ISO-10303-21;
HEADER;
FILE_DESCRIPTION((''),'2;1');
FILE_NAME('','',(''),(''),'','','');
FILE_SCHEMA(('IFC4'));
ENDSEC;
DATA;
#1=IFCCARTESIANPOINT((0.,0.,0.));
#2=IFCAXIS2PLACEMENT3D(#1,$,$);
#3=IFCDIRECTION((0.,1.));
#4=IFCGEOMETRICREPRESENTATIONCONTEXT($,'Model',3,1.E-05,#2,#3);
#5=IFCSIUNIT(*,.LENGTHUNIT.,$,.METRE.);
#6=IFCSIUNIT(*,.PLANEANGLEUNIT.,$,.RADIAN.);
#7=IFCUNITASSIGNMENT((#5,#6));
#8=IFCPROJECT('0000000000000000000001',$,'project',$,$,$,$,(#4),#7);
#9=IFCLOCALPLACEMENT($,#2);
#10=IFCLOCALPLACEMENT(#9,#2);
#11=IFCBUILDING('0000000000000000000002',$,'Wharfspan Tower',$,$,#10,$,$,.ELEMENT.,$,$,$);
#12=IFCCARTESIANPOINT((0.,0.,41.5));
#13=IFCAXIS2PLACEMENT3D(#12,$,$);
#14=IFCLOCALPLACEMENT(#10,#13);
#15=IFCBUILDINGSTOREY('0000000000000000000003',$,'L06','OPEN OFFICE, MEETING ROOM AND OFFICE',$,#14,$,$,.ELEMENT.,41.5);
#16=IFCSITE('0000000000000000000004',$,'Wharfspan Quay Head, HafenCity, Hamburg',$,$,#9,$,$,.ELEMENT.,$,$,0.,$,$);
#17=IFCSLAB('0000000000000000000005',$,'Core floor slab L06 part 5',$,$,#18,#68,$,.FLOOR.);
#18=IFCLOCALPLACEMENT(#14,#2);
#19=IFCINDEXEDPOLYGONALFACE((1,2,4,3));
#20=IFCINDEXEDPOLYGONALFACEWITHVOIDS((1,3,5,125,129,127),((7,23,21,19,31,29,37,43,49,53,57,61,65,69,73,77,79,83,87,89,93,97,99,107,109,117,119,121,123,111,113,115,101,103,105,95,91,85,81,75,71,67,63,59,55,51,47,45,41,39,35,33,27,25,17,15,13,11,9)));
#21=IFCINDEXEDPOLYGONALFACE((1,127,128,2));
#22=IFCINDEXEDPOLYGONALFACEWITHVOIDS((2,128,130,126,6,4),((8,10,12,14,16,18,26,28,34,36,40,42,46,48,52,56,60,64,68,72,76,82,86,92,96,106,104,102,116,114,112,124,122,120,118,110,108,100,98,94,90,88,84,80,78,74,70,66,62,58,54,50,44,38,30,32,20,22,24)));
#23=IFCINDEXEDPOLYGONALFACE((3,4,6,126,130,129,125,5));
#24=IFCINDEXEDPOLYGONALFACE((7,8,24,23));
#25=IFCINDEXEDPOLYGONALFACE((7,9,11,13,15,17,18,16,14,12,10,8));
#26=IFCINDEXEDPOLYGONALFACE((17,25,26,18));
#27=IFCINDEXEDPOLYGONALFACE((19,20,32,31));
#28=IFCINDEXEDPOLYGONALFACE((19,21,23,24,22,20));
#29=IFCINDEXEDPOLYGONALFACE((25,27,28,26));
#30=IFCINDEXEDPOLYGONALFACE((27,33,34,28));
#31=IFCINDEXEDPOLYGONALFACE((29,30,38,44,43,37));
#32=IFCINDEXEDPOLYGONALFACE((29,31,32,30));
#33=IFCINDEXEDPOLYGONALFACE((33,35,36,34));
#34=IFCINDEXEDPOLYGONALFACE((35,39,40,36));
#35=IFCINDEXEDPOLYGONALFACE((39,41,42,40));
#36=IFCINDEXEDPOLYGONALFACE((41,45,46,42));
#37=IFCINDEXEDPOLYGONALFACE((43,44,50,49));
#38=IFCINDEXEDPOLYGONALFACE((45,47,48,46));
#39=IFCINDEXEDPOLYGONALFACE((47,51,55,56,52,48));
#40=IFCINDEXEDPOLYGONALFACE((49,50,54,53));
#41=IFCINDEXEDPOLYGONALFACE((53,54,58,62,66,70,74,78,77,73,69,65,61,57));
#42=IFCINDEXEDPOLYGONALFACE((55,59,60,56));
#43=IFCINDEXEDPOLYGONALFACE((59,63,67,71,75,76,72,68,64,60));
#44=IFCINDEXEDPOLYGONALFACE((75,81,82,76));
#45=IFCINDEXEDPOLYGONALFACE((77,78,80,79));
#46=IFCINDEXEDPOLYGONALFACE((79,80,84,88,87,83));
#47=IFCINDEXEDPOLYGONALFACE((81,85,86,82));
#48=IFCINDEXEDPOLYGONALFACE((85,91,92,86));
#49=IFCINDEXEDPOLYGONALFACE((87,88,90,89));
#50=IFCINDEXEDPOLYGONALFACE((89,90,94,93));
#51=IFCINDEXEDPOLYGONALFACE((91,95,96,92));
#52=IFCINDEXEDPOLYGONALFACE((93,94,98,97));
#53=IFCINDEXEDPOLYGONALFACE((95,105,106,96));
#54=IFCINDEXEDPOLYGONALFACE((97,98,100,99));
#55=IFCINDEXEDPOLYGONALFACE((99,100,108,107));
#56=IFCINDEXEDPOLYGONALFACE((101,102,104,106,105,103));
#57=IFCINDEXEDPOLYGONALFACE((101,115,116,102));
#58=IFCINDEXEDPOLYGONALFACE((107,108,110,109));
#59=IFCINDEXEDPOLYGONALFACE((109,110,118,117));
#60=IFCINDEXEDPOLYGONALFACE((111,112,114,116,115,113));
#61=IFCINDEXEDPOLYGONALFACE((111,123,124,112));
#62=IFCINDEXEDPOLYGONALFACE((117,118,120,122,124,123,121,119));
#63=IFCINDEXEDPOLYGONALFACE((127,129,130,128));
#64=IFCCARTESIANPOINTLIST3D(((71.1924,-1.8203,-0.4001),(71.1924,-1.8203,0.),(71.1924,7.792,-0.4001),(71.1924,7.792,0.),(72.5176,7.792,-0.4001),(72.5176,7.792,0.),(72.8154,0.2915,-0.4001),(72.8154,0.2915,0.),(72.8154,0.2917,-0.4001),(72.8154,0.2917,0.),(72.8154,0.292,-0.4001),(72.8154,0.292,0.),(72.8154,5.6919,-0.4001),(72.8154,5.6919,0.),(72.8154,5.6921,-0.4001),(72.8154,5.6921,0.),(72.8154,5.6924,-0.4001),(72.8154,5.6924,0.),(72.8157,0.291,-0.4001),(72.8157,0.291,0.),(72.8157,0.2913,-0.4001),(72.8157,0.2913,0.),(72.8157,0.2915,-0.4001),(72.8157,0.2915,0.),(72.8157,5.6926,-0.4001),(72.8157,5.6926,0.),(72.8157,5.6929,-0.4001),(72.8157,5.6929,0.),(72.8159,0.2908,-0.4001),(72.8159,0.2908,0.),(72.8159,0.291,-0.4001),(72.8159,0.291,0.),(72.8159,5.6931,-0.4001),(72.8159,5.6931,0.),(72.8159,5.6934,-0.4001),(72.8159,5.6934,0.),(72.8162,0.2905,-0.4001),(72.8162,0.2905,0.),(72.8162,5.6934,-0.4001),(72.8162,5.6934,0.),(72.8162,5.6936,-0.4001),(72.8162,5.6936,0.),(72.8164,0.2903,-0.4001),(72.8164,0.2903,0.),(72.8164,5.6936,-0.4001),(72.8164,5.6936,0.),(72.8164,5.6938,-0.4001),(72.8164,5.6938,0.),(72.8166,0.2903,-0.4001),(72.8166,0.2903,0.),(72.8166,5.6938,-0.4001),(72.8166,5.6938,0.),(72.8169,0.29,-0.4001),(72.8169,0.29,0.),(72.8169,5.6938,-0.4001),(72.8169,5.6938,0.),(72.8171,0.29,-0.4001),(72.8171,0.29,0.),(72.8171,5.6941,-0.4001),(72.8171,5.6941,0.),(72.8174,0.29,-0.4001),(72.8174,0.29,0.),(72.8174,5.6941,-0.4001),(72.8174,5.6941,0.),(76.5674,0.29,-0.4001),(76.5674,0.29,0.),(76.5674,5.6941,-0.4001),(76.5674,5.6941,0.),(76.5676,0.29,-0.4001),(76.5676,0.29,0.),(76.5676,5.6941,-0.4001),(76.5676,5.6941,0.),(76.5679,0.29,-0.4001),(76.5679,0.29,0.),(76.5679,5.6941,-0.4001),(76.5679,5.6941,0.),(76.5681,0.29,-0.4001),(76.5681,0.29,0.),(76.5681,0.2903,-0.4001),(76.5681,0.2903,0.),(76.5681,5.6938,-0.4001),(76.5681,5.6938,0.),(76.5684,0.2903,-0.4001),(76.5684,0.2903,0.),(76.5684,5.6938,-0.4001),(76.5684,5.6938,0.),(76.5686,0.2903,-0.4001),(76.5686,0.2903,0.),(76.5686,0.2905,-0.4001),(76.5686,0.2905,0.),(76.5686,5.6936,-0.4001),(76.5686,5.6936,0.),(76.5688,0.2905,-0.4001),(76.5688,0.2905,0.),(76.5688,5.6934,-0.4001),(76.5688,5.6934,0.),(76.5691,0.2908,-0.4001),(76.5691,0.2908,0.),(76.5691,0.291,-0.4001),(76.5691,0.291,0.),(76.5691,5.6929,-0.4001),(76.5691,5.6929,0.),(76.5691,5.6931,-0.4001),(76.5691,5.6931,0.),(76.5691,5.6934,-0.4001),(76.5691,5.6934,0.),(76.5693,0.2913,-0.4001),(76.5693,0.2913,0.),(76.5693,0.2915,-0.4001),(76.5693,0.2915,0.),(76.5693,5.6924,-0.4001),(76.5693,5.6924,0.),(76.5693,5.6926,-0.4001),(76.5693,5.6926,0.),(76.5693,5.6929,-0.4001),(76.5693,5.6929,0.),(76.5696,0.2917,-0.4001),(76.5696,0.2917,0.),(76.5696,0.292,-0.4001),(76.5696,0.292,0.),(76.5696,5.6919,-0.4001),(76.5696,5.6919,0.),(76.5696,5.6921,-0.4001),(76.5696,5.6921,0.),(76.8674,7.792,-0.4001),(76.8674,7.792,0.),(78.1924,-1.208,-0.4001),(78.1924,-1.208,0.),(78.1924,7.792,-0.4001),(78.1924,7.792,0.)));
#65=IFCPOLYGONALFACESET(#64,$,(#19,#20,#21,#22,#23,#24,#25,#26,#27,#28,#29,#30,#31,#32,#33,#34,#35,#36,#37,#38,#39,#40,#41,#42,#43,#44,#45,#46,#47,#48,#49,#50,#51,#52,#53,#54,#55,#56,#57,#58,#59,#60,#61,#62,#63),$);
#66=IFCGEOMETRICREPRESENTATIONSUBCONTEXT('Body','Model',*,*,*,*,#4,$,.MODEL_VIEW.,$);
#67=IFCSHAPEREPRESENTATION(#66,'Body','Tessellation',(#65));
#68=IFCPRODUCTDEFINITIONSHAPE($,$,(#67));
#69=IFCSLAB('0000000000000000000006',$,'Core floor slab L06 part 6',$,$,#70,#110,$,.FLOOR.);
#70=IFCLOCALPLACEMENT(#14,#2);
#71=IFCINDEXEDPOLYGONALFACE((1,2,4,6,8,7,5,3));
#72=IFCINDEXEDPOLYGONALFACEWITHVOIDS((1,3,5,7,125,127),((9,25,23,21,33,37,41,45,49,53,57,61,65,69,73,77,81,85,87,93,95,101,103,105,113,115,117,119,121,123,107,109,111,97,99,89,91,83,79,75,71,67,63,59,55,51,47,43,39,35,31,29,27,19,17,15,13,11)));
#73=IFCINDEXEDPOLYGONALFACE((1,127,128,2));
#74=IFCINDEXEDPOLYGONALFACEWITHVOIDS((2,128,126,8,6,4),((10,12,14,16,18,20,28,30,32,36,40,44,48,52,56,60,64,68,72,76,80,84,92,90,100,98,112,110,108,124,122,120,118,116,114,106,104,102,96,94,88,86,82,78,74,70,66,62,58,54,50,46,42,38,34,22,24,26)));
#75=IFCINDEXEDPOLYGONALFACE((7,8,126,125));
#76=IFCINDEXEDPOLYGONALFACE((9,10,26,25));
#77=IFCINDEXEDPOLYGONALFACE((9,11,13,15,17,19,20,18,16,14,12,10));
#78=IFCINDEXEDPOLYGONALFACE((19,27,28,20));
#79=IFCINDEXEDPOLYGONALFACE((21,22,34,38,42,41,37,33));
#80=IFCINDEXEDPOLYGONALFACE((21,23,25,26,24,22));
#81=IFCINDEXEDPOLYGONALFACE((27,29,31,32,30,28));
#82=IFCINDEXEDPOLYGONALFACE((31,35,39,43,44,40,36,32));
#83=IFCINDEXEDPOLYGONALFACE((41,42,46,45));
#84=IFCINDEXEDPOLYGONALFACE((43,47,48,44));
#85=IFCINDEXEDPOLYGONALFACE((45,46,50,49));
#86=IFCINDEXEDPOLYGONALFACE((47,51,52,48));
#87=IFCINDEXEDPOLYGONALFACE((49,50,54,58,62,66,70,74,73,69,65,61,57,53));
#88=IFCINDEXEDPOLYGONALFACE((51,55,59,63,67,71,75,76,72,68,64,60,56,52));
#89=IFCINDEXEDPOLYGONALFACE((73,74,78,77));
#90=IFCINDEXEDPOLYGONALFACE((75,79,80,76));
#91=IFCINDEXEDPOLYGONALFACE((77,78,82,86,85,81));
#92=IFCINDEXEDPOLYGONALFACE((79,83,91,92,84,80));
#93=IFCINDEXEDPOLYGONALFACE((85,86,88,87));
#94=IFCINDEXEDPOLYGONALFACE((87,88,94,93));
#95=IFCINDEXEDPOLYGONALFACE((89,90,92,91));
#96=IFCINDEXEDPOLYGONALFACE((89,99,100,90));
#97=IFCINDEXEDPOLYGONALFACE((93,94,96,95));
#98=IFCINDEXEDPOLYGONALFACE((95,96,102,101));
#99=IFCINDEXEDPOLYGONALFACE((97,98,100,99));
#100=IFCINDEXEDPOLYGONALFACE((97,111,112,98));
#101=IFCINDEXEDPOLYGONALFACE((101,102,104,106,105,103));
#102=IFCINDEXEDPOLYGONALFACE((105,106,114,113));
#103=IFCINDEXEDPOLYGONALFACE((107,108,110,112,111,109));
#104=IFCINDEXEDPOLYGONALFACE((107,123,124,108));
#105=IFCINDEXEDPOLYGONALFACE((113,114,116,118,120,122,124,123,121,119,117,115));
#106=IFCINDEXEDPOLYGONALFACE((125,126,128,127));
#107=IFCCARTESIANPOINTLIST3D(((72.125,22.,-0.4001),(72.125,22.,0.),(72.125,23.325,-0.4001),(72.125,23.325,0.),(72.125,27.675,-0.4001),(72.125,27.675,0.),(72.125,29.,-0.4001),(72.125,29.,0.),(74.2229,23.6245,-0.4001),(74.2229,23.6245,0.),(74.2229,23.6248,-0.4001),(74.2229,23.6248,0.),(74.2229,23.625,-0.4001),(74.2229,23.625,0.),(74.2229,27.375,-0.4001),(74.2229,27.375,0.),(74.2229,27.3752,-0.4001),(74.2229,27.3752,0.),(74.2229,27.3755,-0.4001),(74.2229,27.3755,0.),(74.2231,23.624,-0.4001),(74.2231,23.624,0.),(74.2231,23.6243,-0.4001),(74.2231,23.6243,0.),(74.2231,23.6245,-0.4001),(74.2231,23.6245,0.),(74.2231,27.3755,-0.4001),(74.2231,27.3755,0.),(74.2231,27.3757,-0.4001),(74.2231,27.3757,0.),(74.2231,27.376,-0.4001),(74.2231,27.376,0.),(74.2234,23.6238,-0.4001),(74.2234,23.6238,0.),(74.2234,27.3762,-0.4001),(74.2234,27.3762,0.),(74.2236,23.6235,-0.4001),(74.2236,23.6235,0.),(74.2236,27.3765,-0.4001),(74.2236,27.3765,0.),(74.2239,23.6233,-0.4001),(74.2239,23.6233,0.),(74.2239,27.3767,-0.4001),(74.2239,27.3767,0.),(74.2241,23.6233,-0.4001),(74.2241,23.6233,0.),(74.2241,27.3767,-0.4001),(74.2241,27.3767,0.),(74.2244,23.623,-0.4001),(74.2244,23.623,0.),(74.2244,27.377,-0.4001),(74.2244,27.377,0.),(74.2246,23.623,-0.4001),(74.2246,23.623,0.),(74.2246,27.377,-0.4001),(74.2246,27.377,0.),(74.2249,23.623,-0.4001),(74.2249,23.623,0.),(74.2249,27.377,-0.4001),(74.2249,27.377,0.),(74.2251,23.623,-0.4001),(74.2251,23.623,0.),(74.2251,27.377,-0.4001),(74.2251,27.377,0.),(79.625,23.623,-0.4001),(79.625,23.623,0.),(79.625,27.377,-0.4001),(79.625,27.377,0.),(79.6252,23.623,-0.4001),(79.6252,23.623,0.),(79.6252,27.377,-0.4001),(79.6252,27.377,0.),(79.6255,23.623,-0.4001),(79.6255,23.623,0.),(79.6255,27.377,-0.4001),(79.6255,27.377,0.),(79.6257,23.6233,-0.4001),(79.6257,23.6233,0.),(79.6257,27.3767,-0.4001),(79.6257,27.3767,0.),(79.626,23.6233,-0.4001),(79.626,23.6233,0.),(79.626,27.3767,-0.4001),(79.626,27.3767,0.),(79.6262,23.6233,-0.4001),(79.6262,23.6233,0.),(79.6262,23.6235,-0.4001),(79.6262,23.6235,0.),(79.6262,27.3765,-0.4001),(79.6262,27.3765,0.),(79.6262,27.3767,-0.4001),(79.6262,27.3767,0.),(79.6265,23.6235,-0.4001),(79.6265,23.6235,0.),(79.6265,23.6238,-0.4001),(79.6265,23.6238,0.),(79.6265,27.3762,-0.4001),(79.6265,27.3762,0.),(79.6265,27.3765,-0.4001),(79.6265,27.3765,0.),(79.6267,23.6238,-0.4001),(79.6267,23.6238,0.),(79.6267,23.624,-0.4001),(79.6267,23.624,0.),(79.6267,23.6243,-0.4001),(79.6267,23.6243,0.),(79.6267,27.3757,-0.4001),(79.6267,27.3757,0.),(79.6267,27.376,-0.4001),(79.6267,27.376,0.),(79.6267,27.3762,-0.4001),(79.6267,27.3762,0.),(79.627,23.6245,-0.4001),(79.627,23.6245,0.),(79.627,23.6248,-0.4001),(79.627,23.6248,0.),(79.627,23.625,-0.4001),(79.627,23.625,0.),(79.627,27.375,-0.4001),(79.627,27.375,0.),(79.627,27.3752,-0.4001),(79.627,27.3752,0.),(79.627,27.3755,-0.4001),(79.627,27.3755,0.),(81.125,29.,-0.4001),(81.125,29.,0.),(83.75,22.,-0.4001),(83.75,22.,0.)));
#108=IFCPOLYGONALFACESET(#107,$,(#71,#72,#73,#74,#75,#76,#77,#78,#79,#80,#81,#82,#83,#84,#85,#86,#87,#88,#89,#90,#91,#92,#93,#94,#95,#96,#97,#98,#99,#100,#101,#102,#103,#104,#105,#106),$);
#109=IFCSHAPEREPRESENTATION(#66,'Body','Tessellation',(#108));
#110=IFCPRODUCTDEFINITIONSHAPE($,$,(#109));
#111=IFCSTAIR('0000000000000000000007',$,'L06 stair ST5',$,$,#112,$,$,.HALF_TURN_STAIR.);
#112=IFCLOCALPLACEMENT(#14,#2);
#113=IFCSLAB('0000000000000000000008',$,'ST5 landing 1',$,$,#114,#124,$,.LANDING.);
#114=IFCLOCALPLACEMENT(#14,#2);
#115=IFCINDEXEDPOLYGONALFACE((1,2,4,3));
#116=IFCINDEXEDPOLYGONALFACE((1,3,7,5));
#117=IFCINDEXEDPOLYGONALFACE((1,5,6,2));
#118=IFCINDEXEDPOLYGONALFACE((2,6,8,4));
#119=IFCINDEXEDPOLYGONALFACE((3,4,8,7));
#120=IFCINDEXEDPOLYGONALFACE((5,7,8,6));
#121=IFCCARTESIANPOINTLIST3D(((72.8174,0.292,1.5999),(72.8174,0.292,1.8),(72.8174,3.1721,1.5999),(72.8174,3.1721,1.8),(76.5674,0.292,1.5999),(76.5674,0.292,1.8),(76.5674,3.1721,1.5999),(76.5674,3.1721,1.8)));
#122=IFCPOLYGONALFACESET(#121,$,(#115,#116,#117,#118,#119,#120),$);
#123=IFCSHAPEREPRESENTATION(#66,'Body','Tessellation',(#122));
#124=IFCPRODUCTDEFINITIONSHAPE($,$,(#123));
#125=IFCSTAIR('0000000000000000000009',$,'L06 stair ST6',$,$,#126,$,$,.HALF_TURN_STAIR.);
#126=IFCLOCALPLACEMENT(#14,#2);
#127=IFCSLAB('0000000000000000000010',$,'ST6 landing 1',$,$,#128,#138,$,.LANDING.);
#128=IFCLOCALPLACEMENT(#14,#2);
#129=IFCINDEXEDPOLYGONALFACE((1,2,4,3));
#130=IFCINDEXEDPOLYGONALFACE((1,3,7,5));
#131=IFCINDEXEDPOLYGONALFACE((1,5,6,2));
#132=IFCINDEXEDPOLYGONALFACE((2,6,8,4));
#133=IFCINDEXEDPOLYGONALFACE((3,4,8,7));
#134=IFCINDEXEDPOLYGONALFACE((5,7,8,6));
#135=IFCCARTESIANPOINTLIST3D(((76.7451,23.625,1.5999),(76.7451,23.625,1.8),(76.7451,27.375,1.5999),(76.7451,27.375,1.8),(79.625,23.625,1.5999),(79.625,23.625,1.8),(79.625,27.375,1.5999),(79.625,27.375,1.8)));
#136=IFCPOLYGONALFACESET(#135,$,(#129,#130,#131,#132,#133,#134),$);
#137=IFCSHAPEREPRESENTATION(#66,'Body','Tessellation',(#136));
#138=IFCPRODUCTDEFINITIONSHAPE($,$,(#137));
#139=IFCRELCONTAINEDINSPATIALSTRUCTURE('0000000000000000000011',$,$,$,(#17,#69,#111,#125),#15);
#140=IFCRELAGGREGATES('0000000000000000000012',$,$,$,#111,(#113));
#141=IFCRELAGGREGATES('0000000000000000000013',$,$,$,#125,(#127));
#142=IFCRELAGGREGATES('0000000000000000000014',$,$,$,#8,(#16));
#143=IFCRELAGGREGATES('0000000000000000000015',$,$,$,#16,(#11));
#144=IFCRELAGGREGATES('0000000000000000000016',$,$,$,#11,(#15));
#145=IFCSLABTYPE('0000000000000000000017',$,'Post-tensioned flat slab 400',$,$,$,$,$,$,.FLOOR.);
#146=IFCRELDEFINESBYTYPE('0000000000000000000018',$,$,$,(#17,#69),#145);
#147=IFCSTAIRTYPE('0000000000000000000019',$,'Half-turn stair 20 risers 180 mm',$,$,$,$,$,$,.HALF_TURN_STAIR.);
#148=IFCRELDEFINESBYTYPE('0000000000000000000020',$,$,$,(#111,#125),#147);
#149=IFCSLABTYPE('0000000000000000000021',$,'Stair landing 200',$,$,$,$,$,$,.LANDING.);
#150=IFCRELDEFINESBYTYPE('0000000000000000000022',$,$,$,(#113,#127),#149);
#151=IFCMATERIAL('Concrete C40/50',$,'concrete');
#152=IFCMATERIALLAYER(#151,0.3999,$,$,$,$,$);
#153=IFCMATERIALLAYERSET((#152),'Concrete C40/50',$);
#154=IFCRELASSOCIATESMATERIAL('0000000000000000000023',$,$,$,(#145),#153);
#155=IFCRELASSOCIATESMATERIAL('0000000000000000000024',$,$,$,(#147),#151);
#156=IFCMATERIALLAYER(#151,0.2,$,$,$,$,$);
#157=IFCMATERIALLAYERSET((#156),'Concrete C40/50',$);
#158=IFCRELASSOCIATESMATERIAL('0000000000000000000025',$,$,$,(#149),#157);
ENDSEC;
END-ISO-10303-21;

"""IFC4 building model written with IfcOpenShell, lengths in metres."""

from ifc_helpers import new_model, si_unit, direction, frame, origin, place, context, subcontext, project, spatial, polyline, outline, extrude, material, layer, layer_set, type_object, element, aggregate, save


model = new_model("IFC4")

# Units and contexts
model_context = context("Model", 3, precision=1e-05, world=origin(), true_north=direction((0.0, 1.0)))
body_context = subcontext(model_context, "Body", "Model", "MODEL_VIEW")
ifc_project = project(units=[si_unit("LENGTHUNIT", "METRE"), si_unit("PLANEANGLEUNIT", "RADIAN")], contexts=[model_context])

# Site, building, storey
site_placement = place(None, origin())
site = spatial("IfcSite", under=ifc_project, at=site_placement, Name="Wharfspan Quay Head, HafenCity, Hamburg", CompositionType="ELEMENT", RefElevation=0.0)
building_placement = place(site_placement, origin())
building = spatial("IfcBuilding", under=site, at=building_placement, Name="Wharfspan Tower", CompositionType="ELEMENT")
storey_placement = place(building_placement, frame((0.0, 0.0, 41.5)))
storey = spatial("IfcBuildingStorey", under=building, at=storey_placement, Name="L06", Description="OPEN OFFICE, MEETING ROOM AND OFFICE", CompositionType="ELEMENT", Elevation=41.5)

# Slabs
ifc_material_1 = material(Name="Concrete C40/50", Category="concrete")
ifc_layer_1 = layer(ifc_material_1, 0.3999)
ifc_layer_set_1 = layer_set([ifc_layer_1], Name="Concrete C40/50")
slab_type_1 = type_object("IfcSlabType", Name="Post-tensioned flat slab 400", PredefinedType="FLOOR", material=ifc_layer_set_1)
slab_1_placement = place(storey_placement, frame((0.0, 0.0, -0.4001)))
element("IfcSlab", 1, at=slab_1_placement, inside=storey, type_object=slab_type_1, Name="Core floor slab L06 part 5", PredefinedType="FLOOR", context=body_context, shape_type="SweptSolid", body=[
    extrude(outline(polyline([(78.1924, 7.792), (76.8674, 7.792), (72.5176, 7.792), (71.1924, 7.792), (71.1924, -1.8203), (78.1924, -1.208), (78.1924, 7.792)]), holes=[polyline([(76.5674, 5.6941), (76.5676, 5.6941), (76.5679, 5.6941), (76.5681, 5.6938), (76.5681, 5.6938), (76.5684, 5.6938), (76.5686, 5.6936), (76.5686, 5.6936), (76.5688, 5.6934), (76.5691, 5.6934), (76.5691, 5.6931), (76.5691, 5.6929), (76.5693, 5.6929), (76.5693, 5.6926), (76.5693, 5.6924), (76.5696, 5.6921), (76.5696, 5.6919), (76.5696, 0.292), (76.5696, 0.2917), (76.5693, 0.2915), (76.5693, 0.2915), (76.5693, 0.2913), (76.5691, 0.291), (76.5691, 0.291), (76.5691, 0.2908), (76.5688, 0.2905), (76.5686, 0.2905), (76.5686, 0.2903), (76.5684, 0.2903), (76.5681, 0.2903), (76.5681, 0.29), (76.5679, 0.29), (76.5676, 0.29), (76.5674, 0.29), (72.8174, 0.29), (72.8174, 0.29), (72.8171, 0.29), (72.8169, 0.29), (72.8166, 0.2903), (72.8164, 0.2903), (72.8164, 0.2903), (72.8162, 0.2905), (72.8162, 0.2905), (72.8159, 0.2908), (72.8159, 0.291), (72.8157, 0.291), (72.8157, 0.2913), (72.8157, 0.2915), (72.8154, 0.2915), (72.8154, 0.2917), (72.8154, 0.292), (72.8154, 5.6919), (72.8154, 5.6921), (72.8154, 5.6924), (72.8157, 5.6926), (72.8157, 5.6929), (72.8157, 5.6929), (72.8159, 5.6931), (72.8159, 5.6934), (72.8162, 5.6934), (72.8162, 5.6936), (72.8164, 5.6936), (72.8164, 5.6938), (72.8166, 5.6938), (72.8169, 5.6938), (72.8171, 5.6941), (72.8174, 5.6941), (72.8174, 5.6941), (76.5674, 5.6941)])]), origin(), (0.0, 0.0, 1.0), 0.4001),
])
slab_2_placement = place(storey_placement, frame((0.0, 0.0, -0.4001)))
element("IfcSlab", 2, at=slab_2_placement, inside=storey, type_object=slab_type_1, Name="Core floor slab L06 part 6", PredefinedType="FLOOR", context=body_context, shape_type="SweptSolid", body=[
    extrude(outline(polyline([(81.125, 29.0), (72.125, 29.0), (72.125, 27.675), (72.125, 23.325), (72.125, 22.0), (83.75, 22.0), (81.125, 29.0)]), holes=[polyline([(74.2229, 27.375), (74.2229, 27.3752), (74.2229, 27.3755), (74.2231, 27.3755), (74.2231, 27.3757), (74.2231, 27.376), (74.2234, 27.3762), (74.2234, 27.3762), (74.2236, 27.3765), (74.2236, 27.3765), (74.2239, 27.3767), (74.2241, 27.3767), (74.2241, 27.3767), (74.2244, 27.377), (74.2246, 27.377), (74.2249, 27.377), (74.2251, 27.377), (79.625, 27.377), (79.6252, 27.377), (79.6255, 27.377), (79.6255, 27.377), (79.6257, 27.3767), (79.626, 27.3767), (79.6262, 27.3767), (79.6262, 27.3765), (79.6265, 27.3765), (79.6265, 27.3762), (79.6267, 27.3762), (79.6267, 27.376), (79.6267, 27.3757), (79.627, 27.3755), (79.627, 27.3755), (79.627, 27.3752), (79.627, 27.375), (79.627, 23.625), (79.627, 23.6248), (79.627, 23.6245), (79.627, 23.6245), (79.6267, 23.6243), (79.6267, 23.624), (79.6267, 23.6238), (79.6265, 23.6238), (79.6265, 23.6235), (79.6262, 23.6235), (79.6262, 23.6233), (79.626, 23.6233), (79.6257, 23.6233), (79.6255, 23.623), (79.6255, 23.623), (79.6252, 23.623), (79.625, 23.623), (74.2251, 23.623), (74.2249, 23.623), (74.2246, 23.623), (74.2244, 23.623), (74.2241, 23.6233), (74.2241, 23.6233), (74.2239, 23.6233), (74.2236, 23.6235), (74.2236, 23.6235), (74.2234, 23.6238), (74.2234, 23.6238), (74.2231, 23.624), (74.2231, 23.6243), (74.2231, 23.6245), (74.2229, 23.6245), (74.2229, 23.6248), (74.2229, 23.625), (74.2229, 27.375)])]), origin(), (0.0, 0.0, 1.0), 0.4001),
])

# Stairs, slabs
stair_type = type_object("IfcStairType", Name="Half-turn stair 20 risers 180 mm", PredefinedType="HALF_TURN_STAIR", material=ifc_material_1)
stair_1_placement = place(storey_placement, origin())
stair_1 = element("IfcStair", 3, at=stair_1_placement, inside=storey, type_object=stair_type, Name="L06 stair ST5", PredefinedType="HALF_TURN_STAIR")
ifc_layer_2 = layer(ifc_material_1, 0.2)
ifc_layer_set_2 = layer_set([ifc_layer_2], Name="Concrete C40/50")
slab_type_2 = type_object("IfcSlabType", Name="Stair landing 200", PredefinedType="LANDING", material=ifc_layer_set_2)
slab_3_placement = place(storey_placement, frame((0.0, 0.0, 1.5999)))
slab_3 = element("IfcSlab", 4, at=slab_3_placement, type_object=slab_type_2, Name="ST5 landing 1", PredefinedType="LANDING", context=body_context, shape_type="SweptSolid", body=[
    extrude(outline(polyline([(72.8174, 3.1721), (72.8174, 0.292), (76.5674, 0.292), (76.5674, 3.1721), (72.8174, 3.1721)])), origin(), (0.0, 0.0, 1.0), 0.2002),
])
aggregate(stair_1, [slab_3])
stair_2_placement = place(storey_placement, origin())
stair_2 = element("IfcStair", 5, at=stair_2_placement, inside=storey, type_object=stair_type, Name="L06 stair ST6", PredefinedType="HALF_TURN_STAIR")
slab_4_placement = place(storey_placement, frame((0.0, 0.0, 1.5999)))
slab_4 = element("IfcSlab", 6, at=slab_4_placement, type_object=slab_type_2, Name="ST6 landing 1", PredefinedType="LANDING", context=body_context, shape_type="SweptSolid", body=[
    extrude(outline(polyline([(76.7451, 23.625), (79.625, 23.625), (79.625, 27.375), (76.7451, 27.375), (76.7451, 23.625)])), origin(), (0.0, 0.0, 1.0), 0.2002),
])
aggregate(stair_2, [slab_4])

save(model, "model.ifc")
